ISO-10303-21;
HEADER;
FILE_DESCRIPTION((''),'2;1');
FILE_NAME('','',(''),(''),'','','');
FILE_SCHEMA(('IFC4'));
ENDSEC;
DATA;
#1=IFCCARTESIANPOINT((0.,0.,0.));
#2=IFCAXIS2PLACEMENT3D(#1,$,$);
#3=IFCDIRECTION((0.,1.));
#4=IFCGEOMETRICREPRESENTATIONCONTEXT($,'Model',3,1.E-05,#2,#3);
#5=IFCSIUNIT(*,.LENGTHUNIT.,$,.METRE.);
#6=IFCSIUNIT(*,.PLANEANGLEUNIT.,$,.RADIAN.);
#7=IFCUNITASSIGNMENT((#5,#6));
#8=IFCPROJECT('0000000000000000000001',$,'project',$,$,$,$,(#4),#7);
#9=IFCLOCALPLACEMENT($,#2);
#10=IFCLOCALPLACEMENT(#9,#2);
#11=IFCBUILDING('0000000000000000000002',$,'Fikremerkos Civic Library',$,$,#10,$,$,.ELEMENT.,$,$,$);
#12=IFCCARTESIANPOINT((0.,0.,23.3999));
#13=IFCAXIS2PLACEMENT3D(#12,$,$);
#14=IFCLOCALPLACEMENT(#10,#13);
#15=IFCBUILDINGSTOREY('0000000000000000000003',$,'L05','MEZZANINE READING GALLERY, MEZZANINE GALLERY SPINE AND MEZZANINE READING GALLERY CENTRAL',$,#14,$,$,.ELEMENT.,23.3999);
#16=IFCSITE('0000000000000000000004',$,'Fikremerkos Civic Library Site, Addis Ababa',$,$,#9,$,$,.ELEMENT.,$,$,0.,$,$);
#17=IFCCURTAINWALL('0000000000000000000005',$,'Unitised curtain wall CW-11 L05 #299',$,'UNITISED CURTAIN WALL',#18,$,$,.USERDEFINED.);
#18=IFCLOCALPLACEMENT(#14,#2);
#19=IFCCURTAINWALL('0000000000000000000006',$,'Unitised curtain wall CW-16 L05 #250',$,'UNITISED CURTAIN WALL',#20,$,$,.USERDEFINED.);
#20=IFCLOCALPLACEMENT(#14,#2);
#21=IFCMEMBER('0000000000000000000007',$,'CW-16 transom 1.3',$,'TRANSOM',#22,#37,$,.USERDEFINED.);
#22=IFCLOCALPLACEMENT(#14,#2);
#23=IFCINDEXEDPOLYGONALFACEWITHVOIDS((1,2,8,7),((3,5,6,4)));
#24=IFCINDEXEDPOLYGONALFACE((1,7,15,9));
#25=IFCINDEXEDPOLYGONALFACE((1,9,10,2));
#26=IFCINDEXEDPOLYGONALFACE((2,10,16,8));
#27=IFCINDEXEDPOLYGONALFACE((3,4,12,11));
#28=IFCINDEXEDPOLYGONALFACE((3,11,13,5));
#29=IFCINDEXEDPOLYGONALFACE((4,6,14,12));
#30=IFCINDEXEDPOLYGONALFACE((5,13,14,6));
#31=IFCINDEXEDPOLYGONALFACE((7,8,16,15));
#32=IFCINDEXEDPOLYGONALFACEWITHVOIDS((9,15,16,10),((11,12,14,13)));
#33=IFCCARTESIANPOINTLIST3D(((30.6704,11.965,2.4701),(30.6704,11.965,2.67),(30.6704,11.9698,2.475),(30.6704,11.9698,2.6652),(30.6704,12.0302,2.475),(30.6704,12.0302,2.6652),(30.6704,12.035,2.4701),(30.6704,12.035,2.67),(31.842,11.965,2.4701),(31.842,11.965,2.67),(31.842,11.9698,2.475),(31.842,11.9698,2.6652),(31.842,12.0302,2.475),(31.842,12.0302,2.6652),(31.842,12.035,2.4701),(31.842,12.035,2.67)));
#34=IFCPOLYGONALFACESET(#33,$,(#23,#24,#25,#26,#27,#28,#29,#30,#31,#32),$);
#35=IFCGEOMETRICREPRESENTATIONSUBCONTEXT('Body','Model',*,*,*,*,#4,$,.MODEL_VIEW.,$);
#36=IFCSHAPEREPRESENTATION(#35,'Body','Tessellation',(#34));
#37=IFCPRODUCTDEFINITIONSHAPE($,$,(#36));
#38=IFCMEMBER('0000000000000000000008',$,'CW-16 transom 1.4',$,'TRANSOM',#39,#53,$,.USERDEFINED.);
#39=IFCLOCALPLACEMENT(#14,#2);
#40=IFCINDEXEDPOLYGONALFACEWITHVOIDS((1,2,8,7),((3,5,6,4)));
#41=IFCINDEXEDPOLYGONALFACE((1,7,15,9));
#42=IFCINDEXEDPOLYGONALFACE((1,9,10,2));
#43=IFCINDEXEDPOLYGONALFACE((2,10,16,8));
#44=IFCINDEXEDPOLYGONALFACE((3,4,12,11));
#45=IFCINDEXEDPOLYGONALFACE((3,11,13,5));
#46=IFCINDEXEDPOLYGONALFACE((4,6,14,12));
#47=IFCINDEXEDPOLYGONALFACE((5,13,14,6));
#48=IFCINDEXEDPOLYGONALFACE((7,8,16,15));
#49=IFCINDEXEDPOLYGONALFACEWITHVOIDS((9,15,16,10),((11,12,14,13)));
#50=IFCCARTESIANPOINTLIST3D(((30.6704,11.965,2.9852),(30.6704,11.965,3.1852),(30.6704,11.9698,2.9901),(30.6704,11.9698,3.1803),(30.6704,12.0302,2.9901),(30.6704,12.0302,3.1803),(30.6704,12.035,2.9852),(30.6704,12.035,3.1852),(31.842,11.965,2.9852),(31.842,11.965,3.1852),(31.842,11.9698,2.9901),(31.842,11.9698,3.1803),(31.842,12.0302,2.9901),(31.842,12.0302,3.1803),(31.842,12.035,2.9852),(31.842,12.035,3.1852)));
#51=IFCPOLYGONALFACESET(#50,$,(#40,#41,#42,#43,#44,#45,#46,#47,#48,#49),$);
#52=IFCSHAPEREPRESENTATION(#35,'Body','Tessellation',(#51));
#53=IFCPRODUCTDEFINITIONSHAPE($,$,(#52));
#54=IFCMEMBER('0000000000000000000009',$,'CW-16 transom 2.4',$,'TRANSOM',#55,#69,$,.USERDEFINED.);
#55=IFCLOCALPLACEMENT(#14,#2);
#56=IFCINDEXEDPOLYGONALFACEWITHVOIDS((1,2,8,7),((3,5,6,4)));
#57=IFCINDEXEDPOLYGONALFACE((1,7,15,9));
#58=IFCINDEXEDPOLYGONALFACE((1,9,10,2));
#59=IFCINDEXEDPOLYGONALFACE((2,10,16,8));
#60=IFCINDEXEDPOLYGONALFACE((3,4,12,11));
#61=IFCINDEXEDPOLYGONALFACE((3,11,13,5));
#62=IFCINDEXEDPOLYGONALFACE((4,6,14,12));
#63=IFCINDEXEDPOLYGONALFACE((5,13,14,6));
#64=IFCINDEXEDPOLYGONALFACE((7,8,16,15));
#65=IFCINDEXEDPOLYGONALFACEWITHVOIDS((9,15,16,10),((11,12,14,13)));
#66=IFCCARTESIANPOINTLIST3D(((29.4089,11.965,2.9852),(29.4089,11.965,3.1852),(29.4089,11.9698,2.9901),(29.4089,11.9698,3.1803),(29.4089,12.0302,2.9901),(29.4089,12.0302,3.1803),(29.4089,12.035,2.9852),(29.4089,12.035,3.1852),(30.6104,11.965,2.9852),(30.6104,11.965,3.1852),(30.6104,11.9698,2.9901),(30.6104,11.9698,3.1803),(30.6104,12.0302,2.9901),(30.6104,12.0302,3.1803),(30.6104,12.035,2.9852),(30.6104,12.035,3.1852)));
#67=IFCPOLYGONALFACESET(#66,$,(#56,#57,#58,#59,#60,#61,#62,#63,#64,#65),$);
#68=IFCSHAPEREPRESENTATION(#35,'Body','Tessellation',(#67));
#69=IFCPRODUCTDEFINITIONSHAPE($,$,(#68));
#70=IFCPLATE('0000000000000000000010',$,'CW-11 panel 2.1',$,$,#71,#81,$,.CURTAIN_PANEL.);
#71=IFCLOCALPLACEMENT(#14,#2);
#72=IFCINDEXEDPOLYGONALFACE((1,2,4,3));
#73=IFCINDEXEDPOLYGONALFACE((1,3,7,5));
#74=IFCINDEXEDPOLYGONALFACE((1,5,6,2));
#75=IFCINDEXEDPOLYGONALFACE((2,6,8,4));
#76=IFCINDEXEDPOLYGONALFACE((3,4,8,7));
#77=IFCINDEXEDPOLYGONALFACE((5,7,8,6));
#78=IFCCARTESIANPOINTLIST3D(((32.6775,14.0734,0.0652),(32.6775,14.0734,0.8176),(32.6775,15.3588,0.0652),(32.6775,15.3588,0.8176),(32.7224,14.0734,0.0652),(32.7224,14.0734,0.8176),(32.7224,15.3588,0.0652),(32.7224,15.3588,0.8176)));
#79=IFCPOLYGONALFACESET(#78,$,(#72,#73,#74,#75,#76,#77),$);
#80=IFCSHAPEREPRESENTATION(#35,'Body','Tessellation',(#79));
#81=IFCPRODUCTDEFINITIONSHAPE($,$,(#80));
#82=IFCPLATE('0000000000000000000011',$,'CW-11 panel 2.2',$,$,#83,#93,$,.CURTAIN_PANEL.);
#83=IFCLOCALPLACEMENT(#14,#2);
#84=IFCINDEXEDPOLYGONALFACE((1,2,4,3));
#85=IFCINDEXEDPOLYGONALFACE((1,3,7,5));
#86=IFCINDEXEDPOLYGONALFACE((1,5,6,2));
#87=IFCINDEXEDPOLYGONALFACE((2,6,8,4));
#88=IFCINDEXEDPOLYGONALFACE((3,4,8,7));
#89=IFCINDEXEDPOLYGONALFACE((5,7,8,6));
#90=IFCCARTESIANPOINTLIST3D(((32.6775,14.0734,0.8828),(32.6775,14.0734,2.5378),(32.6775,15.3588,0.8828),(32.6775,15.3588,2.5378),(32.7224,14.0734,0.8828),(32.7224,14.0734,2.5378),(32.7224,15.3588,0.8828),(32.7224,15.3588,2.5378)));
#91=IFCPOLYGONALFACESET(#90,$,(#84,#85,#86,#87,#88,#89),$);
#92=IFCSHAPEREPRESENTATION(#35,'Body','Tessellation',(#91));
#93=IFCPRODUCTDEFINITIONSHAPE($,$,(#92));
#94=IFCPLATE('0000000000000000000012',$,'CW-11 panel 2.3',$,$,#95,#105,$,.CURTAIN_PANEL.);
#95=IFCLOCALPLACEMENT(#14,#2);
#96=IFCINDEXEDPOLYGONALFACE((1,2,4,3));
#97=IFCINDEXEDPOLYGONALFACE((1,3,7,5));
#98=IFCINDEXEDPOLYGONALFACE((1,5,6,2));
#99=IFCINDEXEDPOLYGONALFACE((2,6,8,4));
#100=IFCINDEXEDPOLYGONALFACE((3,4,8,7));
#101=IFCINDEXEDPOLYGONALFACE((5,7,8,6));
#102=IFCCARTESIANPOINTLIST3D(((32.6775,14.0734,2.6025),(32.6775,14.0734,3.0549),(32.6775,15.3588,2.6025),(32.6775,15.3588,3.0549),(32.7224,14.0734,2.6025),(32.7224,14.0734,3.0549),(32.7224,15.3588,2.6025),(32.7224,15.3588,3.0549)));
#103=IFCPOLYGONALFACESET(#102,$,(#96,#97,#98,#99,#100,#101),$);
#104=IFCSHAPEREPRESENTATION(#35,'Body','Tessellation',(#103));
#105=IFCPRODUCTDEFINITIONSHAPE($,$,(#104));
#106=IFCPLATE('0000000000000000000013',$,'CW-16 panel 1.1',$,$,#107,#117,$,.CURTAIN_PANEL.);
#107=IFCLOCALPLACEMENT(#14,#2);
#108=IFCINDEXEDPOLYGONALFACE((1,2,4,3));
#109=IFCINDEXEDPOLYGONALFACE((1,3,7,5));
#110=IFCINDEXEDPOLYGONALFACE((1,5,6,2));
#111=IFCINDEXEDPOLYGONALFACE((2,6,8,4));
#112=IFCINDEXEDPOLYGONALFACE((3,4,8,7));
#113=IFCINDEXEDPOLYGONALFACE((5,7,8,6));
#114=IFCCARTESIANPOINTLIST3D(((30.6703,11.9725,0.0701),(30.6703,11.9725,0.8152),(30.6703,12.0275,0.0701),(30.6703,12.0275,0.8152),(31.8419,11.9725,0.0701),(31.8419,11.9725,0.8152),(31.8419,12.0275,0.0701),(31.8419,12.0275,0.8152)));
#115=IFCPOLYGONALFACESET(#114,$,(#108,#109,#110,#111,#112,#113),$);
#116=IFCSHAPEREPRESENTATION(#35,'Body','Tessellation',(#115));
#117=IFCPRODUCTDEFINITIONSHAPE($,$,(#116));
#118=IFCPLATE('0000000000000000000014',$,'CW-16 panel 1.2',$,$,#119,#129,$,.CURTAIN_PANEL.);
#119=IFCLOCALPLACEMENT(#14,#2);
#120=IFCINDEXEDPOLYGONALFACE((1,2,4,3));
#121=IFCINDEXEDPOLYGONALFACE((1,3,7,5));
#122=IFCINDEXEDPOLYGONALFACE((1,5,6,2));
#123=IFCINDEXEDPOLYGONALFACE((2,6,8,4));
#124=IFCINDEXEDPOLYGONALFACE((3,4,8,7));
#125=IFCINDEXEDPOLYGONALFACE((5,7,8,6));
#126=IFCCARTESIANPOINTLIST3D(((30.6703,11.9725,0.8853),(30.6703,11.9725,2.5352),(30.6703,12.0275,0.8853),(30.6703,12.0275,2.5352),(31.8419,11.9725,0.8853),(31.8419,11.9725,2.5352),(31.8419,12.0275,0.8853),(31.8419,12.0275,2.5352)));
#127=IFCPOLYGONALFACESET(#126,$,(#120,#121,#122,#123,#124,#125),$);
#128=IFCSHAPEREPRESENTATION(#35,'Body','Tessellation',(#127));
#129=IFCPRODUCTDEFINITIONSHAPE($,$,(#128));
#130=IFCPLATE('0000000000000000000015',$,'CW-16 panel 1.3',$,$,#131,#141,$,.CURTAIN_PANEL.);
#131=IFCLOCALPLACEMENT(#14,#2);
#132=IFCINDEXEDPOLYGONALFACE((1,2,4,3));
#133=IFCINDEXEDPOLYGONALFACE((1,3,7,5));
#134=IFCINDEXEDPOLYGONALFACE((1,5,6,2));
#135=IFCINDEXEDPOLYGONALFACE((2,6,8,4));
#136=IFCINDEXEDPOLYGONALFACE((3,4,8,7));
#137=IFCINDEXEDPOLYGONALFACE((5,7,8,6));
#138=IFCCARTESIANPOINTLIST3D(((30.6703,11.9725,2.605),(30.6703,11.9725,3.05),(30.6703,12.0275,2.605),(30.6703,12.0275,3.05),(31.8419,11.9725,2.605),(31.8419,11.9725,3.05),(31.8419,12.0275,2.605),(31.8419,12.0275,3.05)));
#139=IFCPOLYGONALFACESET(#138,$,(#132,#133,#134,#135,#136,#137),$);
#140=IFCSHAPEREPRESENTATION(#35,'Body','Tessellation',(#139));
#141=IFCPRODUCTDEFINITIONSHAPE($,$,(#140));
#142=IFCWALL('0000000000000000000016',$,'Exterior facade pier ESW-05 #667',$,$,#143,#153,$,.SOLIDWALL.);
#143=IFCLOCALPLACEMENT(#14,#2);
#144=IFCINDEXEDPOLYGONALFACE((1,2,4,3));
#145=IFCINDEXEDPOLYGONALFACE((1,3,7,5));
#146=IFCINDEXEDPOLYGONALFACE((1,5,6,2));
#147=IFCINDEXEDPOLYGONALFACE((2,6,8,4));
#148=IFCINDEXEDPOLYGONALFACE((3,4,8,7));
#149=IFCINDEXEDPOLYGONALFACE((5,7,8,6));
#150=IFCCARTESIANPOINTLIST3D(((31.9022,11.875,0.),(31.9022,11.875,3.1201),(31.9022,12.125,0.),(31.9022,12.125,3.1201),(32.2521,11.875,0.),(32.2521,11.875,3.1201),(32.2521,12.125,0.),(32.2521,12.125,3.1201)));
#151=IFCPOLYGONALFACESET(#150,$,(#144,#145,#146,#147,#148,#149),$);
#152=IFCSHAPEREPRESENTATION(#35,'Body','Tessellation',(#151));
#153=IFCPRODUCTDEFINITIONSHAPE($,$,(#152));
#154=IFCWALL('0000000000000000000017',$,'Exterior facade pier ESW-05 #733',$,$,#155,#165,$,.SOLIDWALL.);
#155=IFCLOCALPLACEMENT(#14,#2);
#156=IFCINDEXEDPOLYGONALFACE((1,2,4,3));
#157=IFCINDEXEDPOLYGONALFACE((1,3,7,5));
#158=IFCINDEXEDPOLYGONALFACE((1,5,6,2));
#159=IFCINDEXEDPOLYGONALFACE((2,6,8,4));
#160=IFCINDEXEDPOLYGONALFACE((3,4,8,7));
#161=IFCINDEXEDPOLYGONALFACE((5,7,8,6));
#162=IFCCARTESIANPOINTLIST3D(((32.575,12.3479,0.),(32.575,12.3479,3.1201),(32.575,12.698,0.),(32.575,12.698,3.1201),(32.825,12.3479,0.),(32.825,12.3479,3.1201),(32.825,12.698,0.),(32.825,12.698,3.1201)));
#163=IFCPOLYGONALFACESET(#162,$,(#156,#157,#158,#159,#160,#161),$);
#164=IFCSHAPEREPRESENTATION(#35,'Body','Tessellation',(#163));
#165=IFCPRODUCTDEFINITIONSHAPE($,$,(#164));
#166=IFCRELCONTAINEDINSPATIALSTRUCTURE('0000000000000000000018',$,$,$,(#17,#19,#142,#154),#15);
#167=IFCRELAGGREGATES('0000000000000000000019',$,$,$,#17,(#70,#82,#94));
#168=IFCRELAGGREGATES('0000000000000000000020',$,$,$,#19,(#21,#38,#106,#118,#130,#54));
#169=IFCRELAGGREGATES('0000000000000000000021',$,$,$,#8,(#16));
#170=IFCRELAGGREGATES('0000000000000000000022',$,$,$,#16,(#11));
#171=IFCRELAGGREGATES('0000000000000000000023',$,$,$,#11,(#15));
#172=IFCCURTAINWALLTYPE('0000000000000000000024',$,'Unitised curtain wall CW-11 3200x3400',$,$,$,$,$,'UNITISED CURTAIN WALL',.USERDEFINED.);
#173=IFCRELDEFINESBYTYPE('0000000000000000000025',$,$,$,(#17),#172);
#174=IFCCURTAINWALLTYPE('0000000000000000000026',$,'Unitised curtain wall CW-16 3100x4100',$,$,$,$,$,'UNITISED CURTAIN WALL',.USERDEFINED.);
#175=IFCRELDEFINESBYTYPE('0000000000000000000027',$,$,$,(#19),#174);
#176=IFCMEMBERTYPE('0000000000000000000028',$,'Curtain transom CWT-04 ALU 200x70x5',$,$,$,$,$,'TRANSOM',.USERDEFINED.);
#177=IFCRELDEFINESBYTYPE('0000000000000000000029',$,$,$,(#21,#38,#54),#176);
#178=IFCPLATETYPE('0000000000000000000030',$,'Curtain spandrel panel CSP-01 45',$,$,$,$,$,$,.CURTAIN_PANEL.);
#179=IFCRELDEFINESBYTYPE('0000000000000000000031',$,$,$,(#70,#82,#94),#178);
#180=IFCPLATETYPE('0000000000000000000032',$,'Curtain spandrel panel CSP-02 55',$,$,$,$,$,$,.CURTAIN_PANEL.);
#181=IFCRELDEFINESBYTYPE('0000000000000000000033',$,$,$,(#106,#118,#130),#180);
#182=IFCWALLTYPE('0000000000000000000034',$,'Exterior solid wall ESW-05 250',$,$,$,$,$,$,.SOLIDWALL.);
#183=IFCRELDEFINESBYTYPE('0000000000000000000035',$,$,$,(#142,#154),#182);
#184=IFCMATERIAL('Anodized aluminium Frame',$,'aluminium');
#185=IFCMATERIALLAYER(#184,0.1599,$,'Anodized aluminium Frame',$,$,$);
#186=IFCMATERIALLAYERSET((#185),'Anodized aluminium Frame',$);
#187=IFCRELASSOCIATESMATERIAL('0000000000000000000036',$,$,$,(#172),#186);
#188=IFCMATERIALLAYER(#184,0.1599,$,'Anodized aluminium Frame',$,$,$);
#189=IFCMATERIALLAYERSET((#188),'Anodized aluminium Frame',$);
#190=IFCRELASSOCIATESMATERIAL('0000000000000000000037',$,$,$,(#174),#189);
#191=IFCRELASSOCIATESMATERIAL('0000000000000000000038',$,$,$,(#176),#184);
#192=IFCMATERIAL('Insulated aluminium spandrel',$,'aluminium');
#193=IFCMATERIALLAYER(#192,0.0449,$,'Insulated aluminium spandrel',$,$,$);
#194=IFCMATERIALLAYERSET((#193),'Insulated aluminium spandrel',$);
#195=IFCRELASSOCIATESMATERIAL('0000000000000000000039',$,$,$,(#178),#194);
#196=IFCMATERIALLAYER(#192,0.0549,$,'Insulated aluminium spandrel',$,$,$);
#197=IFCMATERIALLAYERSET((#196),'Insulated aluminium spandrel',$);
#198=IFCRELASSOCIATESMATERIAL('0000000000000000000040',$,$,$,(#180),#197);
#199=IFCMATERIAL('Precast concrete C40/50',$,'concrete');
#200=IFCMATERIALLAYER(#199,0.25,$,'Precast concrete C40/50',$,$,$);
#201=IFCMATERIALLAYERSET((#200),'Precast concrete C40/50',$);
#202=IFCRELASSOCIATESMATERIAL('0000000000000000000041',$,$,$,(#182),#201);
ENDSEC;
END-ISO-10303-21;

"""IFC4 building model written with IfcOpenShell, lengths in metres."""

from ifc_helpers import new_model, si_unit, direction, frame, frame_2d, origin, origin_2d, place, context, subcontext, project, spatial, rectangle, hollow_rectangle, extrude, material, layer, layer_set, material_profile, profile_set, type_object, element, aggregate, save


model = new_model("IFC4")

# Units and contexts
model_context = context("Model", 3, precision=1e-05, world=origin(), true_north=direction((0.0, 1.0)))
body_context = subcontext(model_context, "Body", "Model", "MODEL_VIEW")
ifc_project = project(units=[si_unit("LENGTHUNIT", "METRE"), si_unit("PLANEANGLEUNIT", "RADIAN")], contexts=[model_context])

# Site, building, storey
site_placement = place(None, origin())
site = spatial("IfcSite", under=ifc_project, at=site_placement, Name="Fikremerkos Civic Library Site, Addis Ababa", CompositionType="ELEMENT", RefElevation=0.0)
building_placement = place(site_placement, origin())
building = spatial("IfcBuilding", under=site, at=building_placement, Name="Fikremerkos Civic Library", CompositionType="ELEMENT")
storey_placement = place(building_placement, frame((0.0, 0.0, 23.3999)))
storey = spatial("IfcBuildingStorey", under=building, at=storey_placement, Name="L05", Description="MEZZANINE READING GALLERY, MEZZANINE GALLERY SPINE AND MEZZANINE READING GALLERY CENTRAL", CompositionType="ELEMENT", Elevation=23.3999)

# Curtain walls
ifc_material_1 = material(Name="Anodized aluminium Frame", Category="aluminium")
ifc_layer_1 = layer(ifc_material_1, 0.1599, Name="Anodized aluminium Frame")
ifc_layer_set_1 = layer_set([ifc_layer_1], Name="Anodized aluminium Frame")
curtain_wall_type_1 = type_object("IfcCurtainWallType", Name="Unitised curtain wall CW-11 3200x3400", ElementType="UNITISED CURTAIN WALL", PredefinedType="USERDEFINED", material=ifc_layer_set_1)
curtain_wall_1_placement = place(storey_placement, origin())
curtain_wall_1 = element("IfcCurtainWall", 1, at=curtain_wall_1_placement, inside=storey, type_object=curtain_wall_type_1, Name="Unitised curtain wall CW-11 L05 #299", ObjectType="UNITISED CURTAIN WALL", PredefinedType="USERDEFINED")
ifc_layer_2 = layer(ifc_material_1, 0.1599, Name="Anodized aluminium Frame")
ifc_layer_set_2 = layer_set([ifc_layer_2], Name="Anodized aluminium Frame")
curtain_wall_type_2 = type_object("IfcCurtainWallType", Name="Unitised curtain wall CW-16 3100x4100", ElementType="UNITISED CURTAIN WALL", PredefinedType="USERDEFINED", material=ifc_layer_set_2)
curtain_wall_2_placement = place(storey_placement, origin())
curtain_wall_2 = element("IfcCurtainWall", 2, at=curtain_wall_2_placement, inside=storey, type_object=curtain_wall_type_2, Name="Unitised curtain wall CW-16 L05 #250", ObjectType="UNITISED CURTAIN WALL", PredefinedType="USERDEFINED")

# Members
ifc_material_profile_1 = material_profile(ifc_material_1, hollow_rectangle(XDim=0.0701, YDim=0.2, WallThickness=0.0049, at=origin_2d()), Name="ALU 200x70x5")
ifc_profile_set_1 = profile_set([ifc_material_profile_1], Name="Anodized aluminium Frame")
member_type_1 = type_object("IfcMemberType", Name="Curtain transom CWT-04 ALU 200x70x5", ElementType="TRANSOM", PredefinedType="USERDEFINED", material=ifc_profile_set_1)
member_1_placement = place(storey_placement, frame((31.842, 12.0, 2.5701), z_axis=(-1.0, 0.0, 0.0), x_axis=(0.0, -1.0, 0.0)))
member_1 = element("IfcMember", 3, at=member_1_placement, type_object=member_type_1, Name="CW-16 transom 1.3", ObjectType="TRANSOM", PredefinedType="USERDEFINED", context=body_context, shape_type="SweptSolid", body=[
    extrude(hollow_rectangle(XDim=0.0701, YDim=0.2, WallThickness=0.0049, at=origin_2d()), origin(), (0.0, 0.0, 1.0), 1.1716),
])
member_2_placement = place(storey_placement, frame((31.842, 12.0, 3.0852), z_axis=(-1.0, 0.0, 0.0), x_axis=(0.0, -1.0, 0.0)))
member_2 = element("IfcMember", 4, at=member_2_placement, type_object=member_type_1, Name="CW-16 transom 1.4", ObjectType="TRANSOM", PredefinedType="USERDEFINED", context=body_context, shape_type="SweptSolid", body=[
    extrude(hollow_rectangle(XDim=0.0701, YDim=0.2, WallThickness=0.0049, at=origin_2d()), origin(), (0.0, 0.0, 1.0), 1.1716),
])
member_3_placement = place(storey_placement, frame((30.6104, 12.0, 3.0852), z_axis=(-1.0, 0.0, 0.0), x_axis=(0.0, -1.0, 0.0)))
member_3 = element("IfcMember", 5, at=member_3_placement, type_object=member_type_1, Name="CW-16 transom 2.4", ObjectType="TRANSOM", PredefinedType="USERDEFINED", context=body_context, shape_type="SweptSolid", body=[
    extrude(hollow_rectangle(XDim=0.0701, YDim=0.2, WallThickness=0.0049, at=origin_2d()), origin(), (0.0, 0.0, 1.0), 1.2014),
])

# Plates
ifc_material_2 = material(Name="Insulated aluminium spandrel", Category="aluminium")
ifc_layer_3 = layer(ifc_material_2, 0.0449, Name="Insulated aluminium spandrel")
ifc_layer_set_3 = layer_set([ifc_layer_3], Name="Insulated aluminium spandrel")
plate_type_1 = type_object("IfcPlateType", Name="Curtain spandrel panel CSP-01 45", PredefinedType="CURTAIN_PANEL", material=ifc_layer_set_3)
plate_1_placement = place(storey_placement, frame((32.7, 14.7161, 0.0652), z_axis=(0.0, 0.0, 1.0), x_axis=(0.0, -1.0, 0.0)))
plate_1 = element("IfcPlate", 6, at=plate_1_placement, type_object=plate_type_1, Name="CW-11 panel 2.1", PredefinedType="CURTAIN_PANEL", context=body_context, shape_type="SweptSolid", body=[
    extrude(rectangle(XDim=1.2854, YDim=0.0449, at=origin_2d()), origin(), (0.0, 0.0, 1.0), 0.7524),
])
plate_2_placement = place(storey_placement, frame((32.7, 14.7161, 0.8828), z_axis=(0.0, 0.0, 1.0), x_axis=(0.0, -1.0, 0.0)))
plate_2 = element("IfcPlate", 7, at=plate_2_placement, type_object=plate_type_1, Name="CW-11 panel 2.2", PredefinedType="CURTAIN_PANEL", context=body_context, shape_type="SweptSolid", body=[
    extrude(rectangle(XDim=1.2854, YDim=0.0449, at=origin_2d()), origin(), (0.0, 0.0, 1.0), 1.655),
])
plate_3_placement = place(storey_placement, frame((32.7, 14.7161, 2.6025), z_axis=(0.0, 0.0, 1.0), x_axis=(0.0, -1.0, 0.0)))
plate_3 = element("IfcPlate", 8, at=plate_3_placement, type_object=plate_type_1, Name="CW-11 panel 2.3", PredefinedType="CURTAIN_PANEL", context=body_context, shape_type="SweptSolid", body=[
    extrude(rectangle(XDim=1.2854, YDim=0.0449, at=origin_2d()), origin(), (0.0, 0.0, 1.0), 0.4524),
])
aggregate(curtain_wall_1, [plate_1, plate_2, plate_3])
ifc_layer_4 = layer(ifc_material_2, 0.0549, Name="Insulated aluminium spandrel")
ifc_layer_set_4 = layer_set([ifc_layer_4], Name="Insulated aluminium spandrel")
plate_type_2 = type_object("IfcPlateType", Name="Curtain spandrel panel CSP-02 55", PredefinedType="CURTAIN_PANEL", material=ifc_layer_set_4)
plate_4_placement = place(storey_placement, frame((31.2561, 12.0, 0.0701), z_axis=(0.0, 0.0, 1.0), x_axis=(-1.0, 0.0, 0.0)))
plate_4 = element("IfcPlate", 9, at=plate_4_placement, type_object=plate_type_2, Name="CW-16 panel 1.1", PredefinedType="CURTAIN_PANEL", context=body_context, shape_type="SweptSolid", body=[
    extrude(rectangle(XDim=1.1716, YDim=0.0549, at=origin_2d()), origin(), (0.0, 0.0, 1.0), 0.7451),
])
plate_5_placement = place(storey_placement, frame((31.2561, 12.0, 0.8853), z_axis=(0.0, 0.0, 1.0), x_axis=(-1.0, 0.0, 0.0)))
plate_5 = element("IfcPlate", 10, at=plate_5_placement, type_object=plate_type_2, Name="CW-16 panel 1.2", PredefinedType="CURTAIN_PANEL", context=body_context, shape_type="SweptSolid", body=[
    extrude(rectangle(XDim=1.1716, YDim=0.0549, at=origin_2d()), origin(), (0.0, 0.0, 1.0), 1.6499),
])
plate_6_placement = place(storey_placement, frame((31.2561, 12.0, 2.605), z_axis=(0.0, 0.0, 1.0), x_axis=(-1.0, 0.0, 0.0)))
plate_6 = element("IfcPlate", 11, at=plate_6_placement, type_object=plate_type_2, Name="CW-16 panel 1.3", PredefinedType="CURTAIN_PANEL", context=body_context, shape_type="SweptSolid", body=[
    extrude(rectangle(XDim=1.1716, YDim=0.0549, at=origin_2d()), origin(), (0.0, 0.0, 1.0), 0.4451),
])
aggregate(curtain_wall_2, [member_1, member_2, plate_4, plate_5, plate_6, member_3])

# Walls
ifc_material_3 = material(Name="Precast concrete C40/50", Category="concrete")
ifc_layer_5 = layer(ifc_material_3, 0.25, Name="Precast concrete C40/50")
ifc_layer_set_5 = layer_set([ifc_layer_5], Name="Precast concrete C40/50")
wall_type = type_object("IfcWallType", Name="Exterior solid wall ESW-05 250", PredefinedType="SOLIDWALL", material=ifc_layer_set_5)
wall_1_placement = place(storey_placement, frame((32.252, 12.0, 0.0), z_axis=(0.0, 0.0, 1.0), x_axis=(-1.0, 0.0, 0.0)))
element("IfcWall", 12, at=wall_1_placement, inside=storey, type_object=wall_type, Name="Exterior facade pier ESW-05 #667", PredefinedType="SOLIDWALL", context=body_context, shape_type="SweptSolid", body=[
    extrude(rectangle(XDim=0.3499, YDim=0.25, at=frame_2d((0.1748, 0.0))), origin(), (0.0, 0.0, 1.0), 3.1201),
])
wall_2_placement = place(storey_placement, frame((32.7, 12.698, 0.0), z_axis=(0.0, 0.0, 1.0), x_axis=(0.0, -1.0, 0.0)))
element("IfcWall", 13, at=wall_2_placement, inside=storey, type_object=wall_type, Name="Exterior facade pier ESW-05 #733", PredefinedType="SOLIDWALL", context=body_context, shape_type="SweptSolid", body=[
    extrude(rectangle(XDim=0.3501, YDim=0.25, at=frame_2d((0.175, 0.0))), origin(), (0.0, 0.0, 1.0), 3.1201),
])

save(model, "model.ifc")
